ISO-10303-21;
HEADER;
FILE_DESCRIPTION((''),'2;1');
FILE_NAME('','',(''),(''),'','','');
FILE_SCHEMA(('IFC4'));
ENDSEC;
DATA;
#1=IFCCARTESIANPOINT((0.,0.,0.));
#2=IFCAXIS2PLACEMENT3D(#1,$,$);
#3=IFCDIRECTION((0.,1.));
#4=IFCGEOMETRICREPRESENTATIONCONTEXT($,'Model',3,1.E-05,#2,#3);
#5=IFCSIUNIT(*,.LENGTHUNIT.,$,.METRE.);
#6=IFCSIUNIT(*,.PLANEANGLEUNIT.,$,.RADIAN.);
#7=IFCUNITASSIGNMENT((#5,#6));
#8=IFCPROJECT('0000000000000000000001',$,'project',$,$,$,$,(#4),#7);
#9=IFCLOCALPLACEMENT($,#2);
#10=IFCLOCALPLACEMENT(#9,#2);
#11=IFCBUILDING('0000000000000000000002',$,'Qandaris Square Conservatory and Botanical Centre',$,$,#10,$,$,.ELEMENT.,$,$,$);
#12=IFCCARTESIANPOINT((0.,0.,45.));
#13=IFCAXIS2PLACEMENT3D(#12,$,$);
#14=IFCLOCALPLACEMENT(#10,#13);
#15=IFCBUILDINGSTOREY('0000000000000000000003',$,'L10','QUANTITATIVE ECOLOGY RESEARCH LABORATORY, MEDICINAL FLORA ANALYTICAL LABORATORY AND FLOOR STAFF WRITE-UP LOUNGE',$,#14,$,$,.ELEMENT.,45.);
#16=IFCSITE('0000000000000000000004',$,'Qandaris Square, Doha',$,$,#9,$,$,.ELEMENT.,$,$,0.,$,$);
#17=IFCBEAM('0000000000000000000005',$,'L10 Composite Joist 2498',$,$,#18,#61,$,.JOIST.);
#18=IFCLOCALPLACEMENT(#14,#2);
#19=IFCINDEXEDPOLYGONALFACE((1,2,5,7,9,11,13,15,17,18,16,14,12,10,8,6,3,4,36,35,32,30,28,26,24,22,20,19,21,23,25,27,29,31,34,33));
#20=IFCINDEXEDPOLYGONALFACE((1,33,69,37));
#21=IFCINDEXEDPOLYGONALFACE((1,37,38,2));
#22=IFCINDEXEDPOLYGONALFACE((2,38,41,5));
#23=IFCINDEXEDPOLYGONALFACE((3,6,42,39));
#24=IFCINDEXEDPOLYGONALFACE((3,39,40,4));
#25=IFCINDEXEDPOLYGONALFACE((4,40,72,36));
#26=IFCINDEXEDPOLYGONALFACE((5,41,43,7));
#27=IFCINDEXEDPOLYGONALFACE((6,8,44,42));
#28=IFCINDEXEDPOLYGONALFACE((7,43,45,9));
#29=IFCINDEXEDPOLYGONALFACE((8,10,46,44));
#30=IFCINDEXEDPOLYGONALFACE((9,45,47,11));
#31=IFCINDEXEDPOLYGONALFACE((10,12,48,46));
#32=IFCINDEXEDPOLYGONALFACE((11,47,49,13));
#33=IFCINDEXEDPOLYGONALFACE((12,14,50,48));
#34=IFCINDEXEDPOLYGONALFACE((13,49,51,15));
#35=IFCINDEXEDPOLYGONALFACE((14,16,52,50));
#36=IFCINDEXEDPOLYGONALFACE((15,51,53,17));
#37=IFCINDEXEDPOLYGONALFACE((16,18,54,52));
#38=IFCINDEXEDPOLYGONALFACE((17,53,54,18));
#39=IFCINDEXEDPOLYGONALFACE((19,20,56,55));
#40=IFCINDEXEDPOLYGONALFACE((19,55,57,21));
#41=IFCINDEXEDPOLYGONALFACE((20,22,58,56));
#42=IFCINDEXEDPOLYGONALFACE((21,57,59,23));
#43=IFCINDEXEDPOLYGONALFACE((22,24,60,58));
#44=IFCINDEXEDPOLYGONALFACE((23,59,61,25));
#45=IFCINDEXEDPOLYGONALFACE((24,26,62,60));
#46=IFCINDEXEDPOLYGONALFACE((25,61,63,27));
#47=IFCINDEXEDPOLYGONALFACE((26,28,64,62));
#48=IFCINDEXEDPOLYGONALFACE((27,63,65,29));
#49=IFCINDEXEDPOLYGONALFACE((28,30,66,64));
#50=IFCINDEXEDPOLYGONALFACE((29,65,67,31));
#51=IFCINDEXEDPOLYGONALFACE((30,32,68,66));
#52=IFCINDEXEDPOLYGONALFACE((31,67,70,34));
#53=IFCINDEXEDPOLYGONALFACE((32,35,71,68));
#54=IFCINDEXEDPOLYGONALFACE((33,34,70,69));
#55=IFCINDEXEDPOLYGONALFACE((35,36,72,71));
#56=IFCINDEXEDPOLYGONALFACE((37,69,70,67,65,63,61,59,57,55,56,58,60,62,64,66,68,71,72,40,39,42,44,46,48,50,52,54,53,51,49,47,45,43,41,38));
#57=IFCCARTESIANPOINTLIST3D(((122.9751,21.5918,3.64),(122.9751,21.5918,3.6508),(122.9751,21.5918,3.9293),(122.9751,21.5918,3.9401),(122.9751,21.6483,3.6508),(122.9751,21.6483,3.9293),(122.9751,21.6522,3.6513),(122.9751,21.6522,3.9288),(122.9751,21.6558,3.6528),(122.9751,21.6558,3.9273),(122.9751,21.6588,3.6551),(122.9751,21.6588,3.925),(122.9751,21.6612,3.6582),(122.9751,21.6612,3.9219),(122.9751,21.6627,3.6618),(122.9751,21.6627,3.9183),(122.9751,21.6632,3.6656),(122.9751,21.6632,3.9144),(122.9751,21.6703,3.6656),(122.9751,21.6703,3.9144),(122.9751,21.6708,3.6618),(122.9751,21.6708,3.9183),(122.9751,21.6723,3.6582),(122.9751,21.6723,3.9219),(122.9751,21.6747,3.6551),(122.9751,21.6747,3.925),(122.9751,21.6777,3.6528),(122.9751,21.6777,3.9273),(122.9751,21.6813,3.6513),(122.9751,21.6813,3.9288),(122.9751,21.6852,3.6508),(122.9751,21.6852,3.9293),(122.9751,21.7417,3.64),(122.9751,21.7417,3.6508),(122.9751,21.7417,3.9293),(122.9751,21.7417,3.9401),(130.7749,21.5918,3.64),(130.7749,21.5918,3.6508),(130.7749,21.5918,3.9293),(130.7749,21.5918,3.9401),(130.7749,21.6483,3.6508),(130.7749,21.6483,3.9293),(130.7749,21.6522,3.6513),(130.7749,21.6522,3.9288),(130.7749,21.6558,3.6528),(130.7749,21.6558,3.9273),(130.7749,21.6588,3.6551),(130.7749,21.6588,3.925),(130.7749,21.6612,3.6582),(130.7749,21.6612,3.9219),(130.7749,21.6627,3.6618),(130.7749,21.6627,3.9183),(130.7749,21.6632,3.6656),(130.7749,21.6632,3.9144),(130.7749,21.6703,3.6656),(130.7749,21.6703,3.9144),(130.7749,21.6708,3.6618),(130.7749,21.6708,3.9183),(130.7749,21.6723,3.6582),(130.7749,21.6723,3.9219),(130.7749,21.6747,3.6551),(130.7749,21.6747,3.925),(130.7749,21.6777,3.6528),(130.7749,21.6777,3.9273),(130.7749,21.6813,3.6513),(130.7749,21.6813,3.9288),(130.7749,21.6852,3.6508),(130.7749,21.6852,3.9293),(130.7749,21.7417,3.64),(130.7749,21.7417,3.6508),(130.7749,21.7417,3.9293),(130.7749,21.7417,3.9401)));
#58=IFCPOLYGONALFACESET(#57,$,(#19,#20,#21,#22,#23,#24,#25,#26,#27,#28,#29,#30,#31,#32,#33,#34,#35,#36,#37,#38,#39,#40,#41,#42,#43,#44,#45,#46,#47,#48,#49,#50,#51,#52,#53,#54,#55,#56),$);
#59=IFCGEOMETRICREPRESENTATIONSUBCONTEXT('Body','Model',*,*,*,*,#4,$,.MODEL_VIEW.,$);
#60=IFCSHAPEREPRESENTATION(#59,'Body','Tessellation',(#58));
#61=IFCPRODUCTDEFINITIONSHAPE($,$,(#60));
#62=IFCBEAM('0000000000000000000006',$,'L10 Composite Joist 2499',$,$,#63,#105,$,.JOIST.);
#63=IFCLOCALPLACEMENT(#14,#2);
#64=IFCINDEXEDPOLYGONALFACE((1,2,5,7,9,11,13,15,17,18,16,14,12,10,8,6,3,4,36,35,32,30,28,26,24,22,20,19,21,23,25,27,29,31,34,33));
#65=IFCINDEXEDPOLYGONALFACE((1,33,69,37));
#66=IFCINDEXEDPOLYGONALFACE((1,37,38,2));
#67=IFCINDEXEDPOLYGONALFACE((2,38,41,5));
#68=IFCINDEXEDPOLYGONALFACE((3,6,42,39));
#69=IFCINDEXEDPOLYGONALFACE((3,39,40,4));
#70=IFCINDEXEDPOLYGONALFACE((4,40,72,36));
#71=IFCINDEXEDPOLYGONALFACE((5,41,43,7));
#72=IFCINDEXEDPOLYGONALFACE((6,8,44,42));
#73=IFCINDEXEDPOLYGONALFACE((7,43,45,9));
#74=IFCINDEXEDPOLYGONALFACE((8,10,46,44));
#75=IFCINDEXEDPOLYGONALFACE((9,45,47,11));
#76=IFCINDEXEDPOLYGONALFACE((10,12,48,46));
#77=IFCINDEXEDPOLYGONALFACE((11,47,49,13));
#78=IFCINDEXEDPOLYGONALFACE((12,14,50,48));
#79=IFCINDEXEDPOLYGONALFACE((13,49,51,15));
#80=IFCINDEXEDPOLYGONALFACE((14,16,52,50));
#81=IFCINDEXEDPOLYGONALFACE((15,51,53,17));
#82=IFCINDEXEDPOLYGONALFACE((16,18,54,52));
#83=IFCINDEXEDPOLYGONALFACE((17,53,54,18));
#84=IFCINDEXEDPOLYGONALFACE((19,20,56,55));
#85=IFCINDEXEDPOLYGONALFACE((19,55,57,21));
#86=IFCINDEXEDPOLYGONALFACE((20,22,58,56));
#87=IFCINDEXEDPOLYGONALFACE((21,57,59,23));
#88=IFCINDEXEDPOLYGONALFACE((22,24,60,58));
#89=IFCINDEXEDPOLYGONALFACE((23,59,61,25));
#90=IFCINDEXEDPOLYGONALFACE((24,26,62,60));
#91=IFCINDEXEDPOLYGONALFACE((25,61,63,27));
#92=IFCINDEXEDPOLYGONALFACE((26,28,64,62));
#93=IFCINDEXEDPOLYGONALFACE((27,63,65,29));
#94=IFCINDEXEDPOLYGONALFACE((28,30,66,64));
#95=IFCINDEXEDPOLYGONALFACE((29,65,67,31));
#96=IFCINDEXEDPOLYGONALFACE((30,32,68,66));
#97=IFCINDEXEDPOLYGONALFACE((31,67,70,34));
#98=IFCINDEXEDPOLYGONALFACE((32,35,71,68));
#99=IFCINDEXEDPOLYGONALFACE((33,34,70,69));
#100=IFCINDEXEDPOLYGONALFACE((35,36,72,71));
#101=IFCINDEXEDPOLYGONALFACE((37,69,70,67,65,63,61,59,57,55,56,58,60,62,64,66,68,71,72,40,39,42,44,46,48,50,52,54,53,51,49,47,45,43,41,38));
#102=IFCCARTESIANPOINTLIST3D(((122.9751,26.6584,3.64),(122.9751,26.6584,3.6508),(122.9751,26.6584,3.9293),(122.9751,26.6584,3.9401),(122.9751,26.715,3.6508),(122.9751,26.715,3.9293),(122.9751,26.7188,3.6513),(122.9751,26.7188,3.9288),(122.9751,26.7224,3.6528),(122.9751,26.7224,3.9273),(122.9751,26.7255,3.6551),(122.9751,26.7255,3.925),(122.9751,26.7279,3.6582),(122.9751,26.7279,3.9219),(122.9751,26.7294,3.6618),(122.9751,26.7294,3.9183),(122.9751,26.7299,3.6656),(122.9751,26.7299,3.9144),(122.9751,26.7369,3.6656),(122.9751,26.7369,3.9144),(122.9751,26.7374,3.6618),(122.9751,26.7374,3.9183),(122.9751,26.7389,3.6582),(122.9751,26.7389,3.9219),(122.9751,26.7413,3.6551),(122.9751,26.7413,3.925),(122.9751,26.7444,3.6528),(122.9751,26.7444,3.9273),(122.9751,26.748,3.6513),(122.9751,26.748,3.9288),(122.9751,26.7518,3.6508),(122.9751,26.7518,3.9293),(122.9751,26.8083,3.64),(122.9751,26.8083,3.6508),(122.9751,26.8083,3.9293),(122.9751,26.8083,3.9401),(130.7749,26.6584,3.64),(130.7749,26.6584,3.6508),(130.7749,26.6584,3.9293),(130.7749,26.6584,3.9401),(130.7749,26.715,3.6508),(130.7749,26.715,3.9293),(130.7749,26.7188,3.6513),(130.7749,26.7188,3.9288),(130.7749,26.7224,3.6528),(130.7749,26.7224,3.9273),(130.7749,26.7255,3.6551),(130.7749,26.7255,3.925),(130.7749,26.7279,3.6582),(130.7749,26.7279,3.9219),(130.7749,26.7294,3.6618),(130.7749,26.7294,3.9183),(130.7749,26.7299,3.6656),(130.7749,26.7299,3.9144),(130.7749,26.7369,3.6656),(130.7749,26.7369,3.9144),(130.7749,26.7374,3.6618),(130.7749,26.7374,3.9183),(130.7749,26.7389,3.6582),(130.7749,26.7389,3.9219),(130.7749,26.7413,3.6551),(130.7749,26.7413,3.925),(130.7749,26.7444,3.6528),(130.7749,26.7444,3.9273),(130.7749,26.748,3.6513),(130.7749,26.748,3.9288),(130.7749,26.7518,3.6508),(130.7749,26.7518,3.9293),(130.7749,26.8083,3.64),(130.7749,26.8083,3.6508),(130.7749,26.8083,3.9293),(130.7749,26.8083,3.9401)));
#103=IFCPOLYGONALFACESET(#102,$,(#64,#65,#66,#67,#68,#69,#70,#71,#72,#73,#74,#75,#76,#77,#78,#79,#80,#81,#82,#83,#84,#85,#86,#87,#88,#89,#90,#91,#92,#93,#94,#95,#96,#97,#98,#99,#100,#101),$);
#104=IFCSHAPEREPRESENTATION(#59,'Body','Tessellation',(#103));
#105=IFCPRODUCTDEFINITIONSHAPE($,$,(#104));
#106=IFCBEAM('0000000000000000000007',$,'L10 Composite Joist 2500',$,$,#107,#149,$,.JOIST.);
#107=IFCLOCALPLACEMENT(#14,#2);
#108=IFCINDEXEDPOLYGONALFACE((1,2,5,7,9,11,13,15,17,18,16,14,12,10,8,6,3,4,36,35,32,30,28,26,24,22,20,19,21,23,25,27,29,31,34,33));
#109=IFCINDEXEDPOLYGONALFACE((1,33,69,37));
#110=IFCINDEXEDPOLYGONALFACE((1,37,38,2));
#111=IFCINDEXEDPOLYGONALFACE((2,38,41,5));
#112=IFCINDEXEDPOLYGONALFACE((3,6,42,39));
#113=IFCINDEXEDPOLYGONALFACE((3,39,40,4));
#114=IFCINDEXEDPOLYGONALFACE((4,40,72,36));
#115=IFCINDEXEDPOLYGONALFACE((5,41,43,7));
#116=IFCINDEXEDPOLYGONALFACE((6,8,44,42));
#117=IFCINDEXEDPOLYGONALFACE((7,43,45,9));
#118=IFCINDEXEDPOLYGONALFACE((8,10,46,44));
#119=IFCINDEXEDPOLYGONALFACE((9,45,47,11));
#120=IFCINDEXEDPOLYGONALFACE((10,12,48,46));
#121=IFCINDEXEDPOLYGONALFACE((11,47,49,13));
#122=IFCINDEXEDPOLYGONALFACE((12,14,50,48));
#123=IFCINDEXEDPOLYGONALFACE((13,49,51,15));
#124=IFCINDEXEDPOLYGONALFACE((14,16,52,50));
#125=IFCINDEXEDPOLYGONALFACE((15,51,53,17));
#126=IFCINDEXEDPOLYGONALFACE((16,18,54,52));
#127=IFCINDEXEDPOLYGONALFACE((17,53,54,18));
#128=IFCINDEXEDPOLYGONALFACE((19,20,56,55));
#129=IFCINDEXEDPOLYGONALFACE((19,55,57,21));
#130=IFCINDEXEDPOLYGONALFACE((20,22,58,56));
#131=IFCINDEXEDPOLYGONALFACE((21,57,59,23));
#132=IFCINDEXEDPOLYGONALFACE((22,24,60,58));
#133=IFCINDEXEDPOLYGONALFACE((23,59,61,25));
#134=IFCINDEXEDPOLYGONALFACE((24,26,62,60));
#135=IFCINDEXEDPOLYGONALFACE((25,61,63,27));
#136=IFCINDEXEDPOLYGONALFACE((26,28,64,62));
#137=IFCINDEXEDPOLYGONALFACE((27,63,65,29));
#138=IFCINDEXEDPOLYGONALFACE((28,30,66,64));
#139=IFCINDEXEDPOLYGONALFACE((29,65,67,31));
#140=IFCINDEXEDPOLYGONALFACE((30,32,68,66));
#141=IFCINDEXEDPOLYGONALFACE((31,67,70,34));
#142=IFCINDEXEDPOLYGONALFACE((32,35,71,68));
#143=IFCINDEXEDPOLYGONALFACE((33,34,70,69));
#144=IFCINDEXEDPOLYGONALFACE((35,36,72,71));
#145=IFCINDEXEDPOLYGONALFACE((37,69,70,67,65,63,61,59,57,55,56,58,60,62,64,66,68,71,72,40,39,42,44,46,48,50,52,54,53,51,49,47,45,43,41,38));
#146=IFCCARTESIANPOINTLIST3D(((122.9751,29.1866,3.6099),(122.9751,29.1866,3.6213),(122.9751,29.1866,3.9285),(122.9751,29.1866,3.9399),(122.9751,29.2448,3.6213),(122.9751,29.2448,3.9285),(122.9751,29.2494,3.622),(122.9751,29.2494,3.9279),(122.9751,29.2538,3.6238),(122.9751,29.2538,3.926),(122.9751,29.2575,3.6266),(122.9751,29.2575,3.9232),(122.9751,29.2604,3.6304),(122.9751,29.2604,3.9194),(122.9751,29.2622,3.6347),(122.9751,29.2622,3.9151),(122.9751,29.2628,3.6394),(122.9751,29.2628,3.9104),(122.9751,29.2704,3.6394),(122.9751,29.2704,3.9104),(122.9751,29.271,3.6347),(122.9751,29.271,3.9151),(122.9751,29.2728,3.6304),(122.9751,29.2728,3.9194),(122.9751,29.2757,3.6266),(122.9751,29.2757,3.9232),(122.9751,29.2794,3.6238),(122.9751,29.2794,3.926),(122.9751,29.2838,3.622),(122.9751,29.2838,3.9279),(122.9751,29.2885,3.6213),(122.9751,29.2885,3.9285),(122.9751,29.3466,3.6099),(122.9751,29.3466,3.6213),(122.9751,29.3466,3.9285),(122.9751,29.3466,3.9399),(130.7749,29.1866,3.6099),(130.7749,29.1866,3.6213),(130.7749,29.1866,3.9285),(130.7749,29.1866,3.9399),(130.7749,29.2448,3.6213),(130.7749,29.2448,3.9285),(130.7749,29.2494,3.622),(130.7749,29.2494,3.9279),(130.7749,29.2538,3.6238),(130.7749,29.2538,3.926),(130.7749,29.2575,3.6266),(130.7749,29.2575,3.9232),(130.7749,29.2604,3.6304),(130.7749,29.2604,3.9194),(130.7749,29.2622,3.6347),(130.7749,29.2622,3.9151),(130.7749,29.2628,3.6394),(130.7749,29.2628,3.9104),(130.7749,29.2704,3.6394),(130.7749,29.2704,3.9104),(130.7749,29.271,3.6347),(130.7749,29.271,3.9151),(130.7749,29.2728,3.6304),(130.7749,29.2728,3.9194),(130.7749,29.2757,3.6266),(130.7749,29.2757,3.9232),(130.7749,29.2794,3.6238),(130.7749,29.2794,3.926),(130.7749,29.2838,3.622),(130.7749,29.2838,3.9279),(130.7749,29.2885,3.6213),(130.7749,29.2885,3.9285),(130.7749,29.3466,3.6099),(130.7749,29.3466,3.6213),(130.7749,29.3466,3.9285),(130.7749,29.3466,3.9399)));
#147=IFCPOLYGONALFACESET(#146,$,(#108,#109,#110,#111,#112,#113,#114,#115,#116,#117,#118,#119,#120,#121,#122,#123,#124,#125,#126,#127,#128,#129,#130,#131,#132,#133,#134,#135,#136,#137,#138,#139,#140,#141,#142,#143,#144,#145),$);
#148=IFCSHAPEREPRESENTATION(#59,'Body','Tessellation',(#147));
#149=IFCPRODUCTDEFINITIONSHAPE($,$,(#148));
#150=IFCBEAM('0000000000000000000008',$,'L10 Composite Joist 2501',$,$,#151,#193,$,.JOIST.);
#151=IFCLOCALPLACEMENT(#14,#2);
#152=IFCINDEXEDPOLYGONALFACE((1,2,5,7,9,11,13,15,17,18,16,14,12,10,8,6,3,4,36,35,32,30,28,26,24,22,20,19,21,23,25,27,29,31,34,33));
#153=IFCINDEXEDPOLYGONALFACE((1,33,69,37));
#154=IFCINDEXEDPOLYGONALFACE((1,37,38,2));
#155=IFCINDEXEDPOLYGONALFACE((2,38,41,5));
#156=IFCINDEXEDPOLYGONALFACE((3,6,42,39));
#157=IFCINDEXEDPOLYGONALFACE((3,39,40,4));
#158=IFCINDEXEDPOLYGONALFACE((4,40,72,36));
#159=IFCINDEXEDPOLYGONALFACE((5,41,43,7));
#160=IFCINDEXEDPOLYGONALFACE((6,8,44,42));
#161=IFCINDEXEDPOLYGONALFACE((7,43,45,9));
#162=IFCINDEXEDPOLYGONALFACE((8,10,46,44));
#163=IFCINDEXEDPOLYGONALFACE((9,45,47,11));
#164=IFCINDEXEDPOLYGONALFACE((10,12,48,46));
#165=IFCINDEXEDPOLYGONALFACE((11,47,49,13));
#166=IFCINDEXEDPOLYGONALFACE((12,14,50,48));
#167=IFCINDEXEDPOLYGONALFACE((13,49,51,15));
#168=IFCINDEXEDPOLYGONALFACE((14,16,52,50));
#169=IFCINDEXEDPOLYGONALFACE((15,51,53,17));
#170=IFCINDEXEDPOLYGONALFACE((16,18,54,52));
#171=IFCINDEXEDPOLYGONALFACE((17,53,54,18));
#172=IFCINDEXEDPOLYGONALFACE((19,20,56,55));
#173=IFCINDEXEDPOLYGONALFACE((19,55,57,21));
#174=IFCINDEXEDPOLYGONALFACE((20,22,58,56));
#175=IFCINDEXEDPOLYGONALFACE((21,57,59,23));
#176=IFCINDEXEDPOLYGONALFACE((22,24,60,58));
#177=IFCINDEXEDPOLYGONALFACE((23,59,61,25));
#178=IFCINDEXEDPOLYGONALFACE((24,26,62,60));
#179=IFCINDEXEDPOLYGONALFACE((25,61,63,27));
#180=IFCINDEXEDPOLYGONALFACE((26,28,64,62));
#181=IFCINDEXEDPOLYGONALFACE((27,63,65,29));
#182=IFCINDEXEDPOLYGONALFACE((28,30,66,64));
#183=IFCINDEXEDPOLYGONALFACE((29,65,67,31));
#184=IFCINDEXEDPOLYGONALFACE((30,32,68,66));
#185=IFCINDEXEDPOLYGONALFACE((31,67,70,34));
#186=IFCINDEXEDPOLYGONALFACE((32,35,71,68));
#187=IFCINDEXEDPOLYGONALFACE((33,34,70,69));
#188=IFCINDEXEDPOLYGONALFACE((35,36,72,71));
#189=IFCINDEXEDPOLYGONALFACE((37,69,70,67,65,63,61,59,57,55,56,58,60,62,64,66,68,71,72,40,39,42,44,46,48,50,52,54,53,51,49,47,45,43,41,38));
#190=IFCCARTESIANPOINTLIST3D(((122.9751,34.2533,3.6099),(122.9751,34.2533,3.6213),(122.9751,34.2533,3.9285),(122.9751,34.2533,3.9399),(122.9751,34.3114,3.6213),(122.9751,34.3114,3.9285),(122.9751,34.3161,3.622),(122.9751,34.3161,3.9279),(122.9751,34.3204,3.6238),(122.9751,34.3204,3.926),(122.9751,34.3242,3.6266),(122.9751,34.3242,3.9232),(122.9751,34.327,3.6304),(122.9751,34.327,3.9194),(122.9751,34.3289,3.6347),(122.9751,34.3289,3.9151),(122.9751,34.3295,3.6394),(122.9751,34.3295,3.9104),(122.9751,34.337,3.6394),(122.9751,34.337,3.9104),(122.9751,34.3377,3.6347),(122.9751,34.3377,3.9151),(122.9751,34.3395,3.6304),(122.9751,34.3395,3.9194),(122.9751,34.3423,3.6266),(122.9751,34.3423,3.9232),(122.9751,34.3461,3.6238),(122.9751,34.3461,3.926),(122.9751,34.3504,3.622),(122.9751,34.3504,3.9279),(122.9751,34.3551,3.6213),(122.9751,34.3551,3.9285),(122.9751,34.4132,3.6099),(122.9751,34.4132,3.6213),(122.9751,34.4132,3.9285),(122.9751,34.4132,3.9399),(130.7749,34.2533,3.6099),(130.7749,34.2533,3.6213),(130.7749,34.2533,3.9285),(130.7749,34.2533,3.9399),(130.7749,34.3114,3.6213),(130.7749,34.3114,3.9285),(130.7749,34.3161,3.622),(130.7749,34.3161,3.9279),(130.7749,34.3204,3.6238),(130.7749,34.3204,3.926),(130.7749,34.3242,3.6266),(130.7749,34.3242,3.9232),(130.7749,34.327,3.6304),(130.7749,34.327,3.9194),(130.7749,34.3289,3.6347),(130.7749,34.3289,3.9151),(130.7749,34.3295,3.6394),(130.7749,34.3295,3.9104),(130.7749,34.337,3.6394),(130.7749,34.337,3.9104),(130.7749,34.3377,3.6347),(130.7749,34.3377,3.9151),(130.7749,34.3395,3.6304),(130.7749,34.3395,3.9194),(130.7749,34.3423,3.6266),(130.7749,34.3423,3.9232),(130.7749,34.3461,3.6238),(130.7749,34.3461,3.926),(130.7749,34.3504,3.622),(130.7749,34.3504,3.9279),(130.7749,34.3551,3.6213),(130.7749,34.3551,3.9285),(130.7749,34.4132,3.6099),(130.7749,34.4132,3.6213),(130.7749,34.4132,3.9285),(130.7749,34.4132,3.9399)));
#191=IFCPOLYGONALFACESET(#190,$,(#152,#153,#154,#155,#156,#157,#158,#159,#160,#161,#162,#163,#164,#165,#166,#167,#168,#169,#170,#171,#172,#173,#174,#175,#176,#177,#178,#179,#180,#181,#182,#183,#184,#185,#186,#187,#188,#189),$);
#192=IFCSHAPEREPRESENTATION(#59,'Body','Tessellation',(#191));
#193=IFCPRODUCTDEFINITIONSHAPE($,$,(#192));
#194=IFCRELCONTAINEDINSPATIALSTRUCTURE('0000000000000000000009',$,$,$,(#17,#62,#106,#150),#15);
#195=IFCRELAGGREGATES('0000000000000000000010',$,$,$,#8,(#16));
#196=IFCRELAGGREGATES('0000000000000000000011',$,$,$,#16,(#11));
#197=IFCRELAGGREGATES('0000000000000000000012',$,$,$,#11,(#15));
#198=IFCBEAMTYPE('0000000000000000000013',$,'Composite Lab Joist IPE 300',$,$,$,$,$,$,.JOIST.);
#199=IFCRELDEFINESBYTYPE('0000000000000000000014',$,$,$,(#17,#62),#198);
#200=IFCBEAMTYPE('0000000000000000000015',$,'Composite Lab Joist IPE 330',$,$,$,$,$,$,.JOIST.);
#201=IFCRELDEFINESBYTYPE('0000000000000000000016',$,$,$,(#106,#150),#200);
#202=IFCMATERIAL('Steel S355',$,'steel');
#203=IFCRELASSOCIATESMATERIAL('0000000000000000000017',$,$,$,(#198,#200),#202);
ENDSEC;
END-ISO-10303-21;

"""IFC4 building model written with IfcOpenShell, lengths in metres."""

from ifc_helpers import new_model, si_unit, direction, frame, origin, origin_2d, place, context, subcontext, project, spatial, i_section, extrude, material, material_profile, profile_set, type_object, element, save


model = new_model("IFC4")

# Units and contexts
model_context = context("Model", 3, precision=1e-05, world=origin(), true_north=direction((0.0, 1.0)))
body_context = subcontext(model_context, "Body", "Model", "MODEL_VIEW")
ifc_project = project(units=[si_unit("LENGTHUNIT", "METRE"), si_unit("PLANEANGLEUNIT", "RADIAN")], contexts=[model_context])

# Site, building, storey
site_placement = place(None, origin())
site = spatial("IfcSite", under=ifc_project, at=site_placement, Name="Qandaris Square, Doha", CompositionType="ELEMENT", RefElevation=0.0)
building_placement = place(site_placement, origin())
building = spatial("IfcBuilding", under=site, at=building_placement, Name="Qandaris Square Conservatory and Botanical Centre", CompositionType="ELEMENT")
storey_placement = place(building_placement, frame((0.0, 0.0, 45.0)))
storey = spatial("IfcBuildingStorey", under=building, at=storey_placement, Name="L10", Description="QUANTITATIVE ECOLOGY RESEARCH LABORATORY, MEDICINAL FLORA ANALYTICAL LABORATORY AND FLOOR STAFF WRITE-UP LOUNGE", CompositionType="ELEMENT", Elevation=45.0)

# Beams
ifc_material_1 = material(Name="Steel S355", Category="steel")
ifc_material_profile_1 = material_profile(ifc_material_1, i_section(OverallWidth=0.1499, OverallDepth=0.3, WebThickness=0.0071, FlangeThickness=0.0107, FilletRadius=0.0149, at=origin_2d()), Name="IPE 300")
ifc_profile_set_1 = profile_set([ifc_material_profile_1], Name="Steel S355")
beam_type_1 = type_object("IfcBeamType", Name="Composite Lab Joist IPE 300", PredefinedType="JOIST", material=ifc_profile_set_1)
for number, where, z_axis, x_axis, name in (
    (1, (122.9751, 21.6667, 3.79), (1.0, 0.0, 0.0), (0.0, 1.0, 0.0), "L10 Composite Joist 2498"),
    (2, (122.9751, 26.7334, 3.79), (1.0, 0.0, 0.0), (0.0, 1.0, 0.0), "L10 Composite Joist 2499"),
):
    element("IfcBeam", number, at=place(storey_placement, frame(where, z_axis=z_axis, x_axis=x_axis)), inside=storey, type_object=beam_type_1, Name=name, PredefinedType="JOIST", context=body_context, shape_type="SweptSolid", body=[
        extrude(i_section(OverallWidth=0.1499, OverallDepth=0.3, WebThickness=0.0071, FlangeThickness=0.0107, FilletRadius=0.0149, at=origin_2d()), origin(), (0.0, 0.0, 1.0), 7.7998),
    ])
ifc_material_profile_2 = material_profile(ifc_material_1, i_section(OverallWidth=0.1599, OverallDepth=0.3301, WebThickness=0.0076, FlangeThickness=0.0115, FilletRadius=0.0181, at=origin_2d()), Name="IPE 330")
ifc_profile_set_2 = profile_set([ifc_material_profile_2], Name="Steel S355")
beam_type_2 = type_object("IfcBeamType", Name="Composite Lab Joist IPE 330", PredefinedType="JOIST", material=ifc_profile_set_2)
for number, where, z_axis, x_axis, name in (
    (3, (122.9751, 29.2666, 3.7749), (1.0, 0.0, 0.0), (0.0, 1.0, 0.0), "L10 Composite Joist 2500"),
    (4, (122.9751, 34.3333, 3.7749), (1.0, 0.0, 0.0), (0.0, 1.0, 0.0), "L10 Composite Joist 2501"),
):
    element("IfcBeam", number, at=place(storey_placement, frame(where, z_axis=z_axis, x_axis=x_axis)), inside=storey, type_object=beam_type_2, Name=name, PredefinedType="JOIST", context=body_context, shape_type="SweptSolid", body=[
        extrude(i_section(OverallWidth=0.1599, OverallDepth=0.3301, WebThickness=0.0076, FlangeThickness=0.0115, FilletRadius=0.0181, at=origin_2d()), origin(), (0.0, 0.0, 1.0), 7.7998),
    ])

save(model, "model.ifc")
